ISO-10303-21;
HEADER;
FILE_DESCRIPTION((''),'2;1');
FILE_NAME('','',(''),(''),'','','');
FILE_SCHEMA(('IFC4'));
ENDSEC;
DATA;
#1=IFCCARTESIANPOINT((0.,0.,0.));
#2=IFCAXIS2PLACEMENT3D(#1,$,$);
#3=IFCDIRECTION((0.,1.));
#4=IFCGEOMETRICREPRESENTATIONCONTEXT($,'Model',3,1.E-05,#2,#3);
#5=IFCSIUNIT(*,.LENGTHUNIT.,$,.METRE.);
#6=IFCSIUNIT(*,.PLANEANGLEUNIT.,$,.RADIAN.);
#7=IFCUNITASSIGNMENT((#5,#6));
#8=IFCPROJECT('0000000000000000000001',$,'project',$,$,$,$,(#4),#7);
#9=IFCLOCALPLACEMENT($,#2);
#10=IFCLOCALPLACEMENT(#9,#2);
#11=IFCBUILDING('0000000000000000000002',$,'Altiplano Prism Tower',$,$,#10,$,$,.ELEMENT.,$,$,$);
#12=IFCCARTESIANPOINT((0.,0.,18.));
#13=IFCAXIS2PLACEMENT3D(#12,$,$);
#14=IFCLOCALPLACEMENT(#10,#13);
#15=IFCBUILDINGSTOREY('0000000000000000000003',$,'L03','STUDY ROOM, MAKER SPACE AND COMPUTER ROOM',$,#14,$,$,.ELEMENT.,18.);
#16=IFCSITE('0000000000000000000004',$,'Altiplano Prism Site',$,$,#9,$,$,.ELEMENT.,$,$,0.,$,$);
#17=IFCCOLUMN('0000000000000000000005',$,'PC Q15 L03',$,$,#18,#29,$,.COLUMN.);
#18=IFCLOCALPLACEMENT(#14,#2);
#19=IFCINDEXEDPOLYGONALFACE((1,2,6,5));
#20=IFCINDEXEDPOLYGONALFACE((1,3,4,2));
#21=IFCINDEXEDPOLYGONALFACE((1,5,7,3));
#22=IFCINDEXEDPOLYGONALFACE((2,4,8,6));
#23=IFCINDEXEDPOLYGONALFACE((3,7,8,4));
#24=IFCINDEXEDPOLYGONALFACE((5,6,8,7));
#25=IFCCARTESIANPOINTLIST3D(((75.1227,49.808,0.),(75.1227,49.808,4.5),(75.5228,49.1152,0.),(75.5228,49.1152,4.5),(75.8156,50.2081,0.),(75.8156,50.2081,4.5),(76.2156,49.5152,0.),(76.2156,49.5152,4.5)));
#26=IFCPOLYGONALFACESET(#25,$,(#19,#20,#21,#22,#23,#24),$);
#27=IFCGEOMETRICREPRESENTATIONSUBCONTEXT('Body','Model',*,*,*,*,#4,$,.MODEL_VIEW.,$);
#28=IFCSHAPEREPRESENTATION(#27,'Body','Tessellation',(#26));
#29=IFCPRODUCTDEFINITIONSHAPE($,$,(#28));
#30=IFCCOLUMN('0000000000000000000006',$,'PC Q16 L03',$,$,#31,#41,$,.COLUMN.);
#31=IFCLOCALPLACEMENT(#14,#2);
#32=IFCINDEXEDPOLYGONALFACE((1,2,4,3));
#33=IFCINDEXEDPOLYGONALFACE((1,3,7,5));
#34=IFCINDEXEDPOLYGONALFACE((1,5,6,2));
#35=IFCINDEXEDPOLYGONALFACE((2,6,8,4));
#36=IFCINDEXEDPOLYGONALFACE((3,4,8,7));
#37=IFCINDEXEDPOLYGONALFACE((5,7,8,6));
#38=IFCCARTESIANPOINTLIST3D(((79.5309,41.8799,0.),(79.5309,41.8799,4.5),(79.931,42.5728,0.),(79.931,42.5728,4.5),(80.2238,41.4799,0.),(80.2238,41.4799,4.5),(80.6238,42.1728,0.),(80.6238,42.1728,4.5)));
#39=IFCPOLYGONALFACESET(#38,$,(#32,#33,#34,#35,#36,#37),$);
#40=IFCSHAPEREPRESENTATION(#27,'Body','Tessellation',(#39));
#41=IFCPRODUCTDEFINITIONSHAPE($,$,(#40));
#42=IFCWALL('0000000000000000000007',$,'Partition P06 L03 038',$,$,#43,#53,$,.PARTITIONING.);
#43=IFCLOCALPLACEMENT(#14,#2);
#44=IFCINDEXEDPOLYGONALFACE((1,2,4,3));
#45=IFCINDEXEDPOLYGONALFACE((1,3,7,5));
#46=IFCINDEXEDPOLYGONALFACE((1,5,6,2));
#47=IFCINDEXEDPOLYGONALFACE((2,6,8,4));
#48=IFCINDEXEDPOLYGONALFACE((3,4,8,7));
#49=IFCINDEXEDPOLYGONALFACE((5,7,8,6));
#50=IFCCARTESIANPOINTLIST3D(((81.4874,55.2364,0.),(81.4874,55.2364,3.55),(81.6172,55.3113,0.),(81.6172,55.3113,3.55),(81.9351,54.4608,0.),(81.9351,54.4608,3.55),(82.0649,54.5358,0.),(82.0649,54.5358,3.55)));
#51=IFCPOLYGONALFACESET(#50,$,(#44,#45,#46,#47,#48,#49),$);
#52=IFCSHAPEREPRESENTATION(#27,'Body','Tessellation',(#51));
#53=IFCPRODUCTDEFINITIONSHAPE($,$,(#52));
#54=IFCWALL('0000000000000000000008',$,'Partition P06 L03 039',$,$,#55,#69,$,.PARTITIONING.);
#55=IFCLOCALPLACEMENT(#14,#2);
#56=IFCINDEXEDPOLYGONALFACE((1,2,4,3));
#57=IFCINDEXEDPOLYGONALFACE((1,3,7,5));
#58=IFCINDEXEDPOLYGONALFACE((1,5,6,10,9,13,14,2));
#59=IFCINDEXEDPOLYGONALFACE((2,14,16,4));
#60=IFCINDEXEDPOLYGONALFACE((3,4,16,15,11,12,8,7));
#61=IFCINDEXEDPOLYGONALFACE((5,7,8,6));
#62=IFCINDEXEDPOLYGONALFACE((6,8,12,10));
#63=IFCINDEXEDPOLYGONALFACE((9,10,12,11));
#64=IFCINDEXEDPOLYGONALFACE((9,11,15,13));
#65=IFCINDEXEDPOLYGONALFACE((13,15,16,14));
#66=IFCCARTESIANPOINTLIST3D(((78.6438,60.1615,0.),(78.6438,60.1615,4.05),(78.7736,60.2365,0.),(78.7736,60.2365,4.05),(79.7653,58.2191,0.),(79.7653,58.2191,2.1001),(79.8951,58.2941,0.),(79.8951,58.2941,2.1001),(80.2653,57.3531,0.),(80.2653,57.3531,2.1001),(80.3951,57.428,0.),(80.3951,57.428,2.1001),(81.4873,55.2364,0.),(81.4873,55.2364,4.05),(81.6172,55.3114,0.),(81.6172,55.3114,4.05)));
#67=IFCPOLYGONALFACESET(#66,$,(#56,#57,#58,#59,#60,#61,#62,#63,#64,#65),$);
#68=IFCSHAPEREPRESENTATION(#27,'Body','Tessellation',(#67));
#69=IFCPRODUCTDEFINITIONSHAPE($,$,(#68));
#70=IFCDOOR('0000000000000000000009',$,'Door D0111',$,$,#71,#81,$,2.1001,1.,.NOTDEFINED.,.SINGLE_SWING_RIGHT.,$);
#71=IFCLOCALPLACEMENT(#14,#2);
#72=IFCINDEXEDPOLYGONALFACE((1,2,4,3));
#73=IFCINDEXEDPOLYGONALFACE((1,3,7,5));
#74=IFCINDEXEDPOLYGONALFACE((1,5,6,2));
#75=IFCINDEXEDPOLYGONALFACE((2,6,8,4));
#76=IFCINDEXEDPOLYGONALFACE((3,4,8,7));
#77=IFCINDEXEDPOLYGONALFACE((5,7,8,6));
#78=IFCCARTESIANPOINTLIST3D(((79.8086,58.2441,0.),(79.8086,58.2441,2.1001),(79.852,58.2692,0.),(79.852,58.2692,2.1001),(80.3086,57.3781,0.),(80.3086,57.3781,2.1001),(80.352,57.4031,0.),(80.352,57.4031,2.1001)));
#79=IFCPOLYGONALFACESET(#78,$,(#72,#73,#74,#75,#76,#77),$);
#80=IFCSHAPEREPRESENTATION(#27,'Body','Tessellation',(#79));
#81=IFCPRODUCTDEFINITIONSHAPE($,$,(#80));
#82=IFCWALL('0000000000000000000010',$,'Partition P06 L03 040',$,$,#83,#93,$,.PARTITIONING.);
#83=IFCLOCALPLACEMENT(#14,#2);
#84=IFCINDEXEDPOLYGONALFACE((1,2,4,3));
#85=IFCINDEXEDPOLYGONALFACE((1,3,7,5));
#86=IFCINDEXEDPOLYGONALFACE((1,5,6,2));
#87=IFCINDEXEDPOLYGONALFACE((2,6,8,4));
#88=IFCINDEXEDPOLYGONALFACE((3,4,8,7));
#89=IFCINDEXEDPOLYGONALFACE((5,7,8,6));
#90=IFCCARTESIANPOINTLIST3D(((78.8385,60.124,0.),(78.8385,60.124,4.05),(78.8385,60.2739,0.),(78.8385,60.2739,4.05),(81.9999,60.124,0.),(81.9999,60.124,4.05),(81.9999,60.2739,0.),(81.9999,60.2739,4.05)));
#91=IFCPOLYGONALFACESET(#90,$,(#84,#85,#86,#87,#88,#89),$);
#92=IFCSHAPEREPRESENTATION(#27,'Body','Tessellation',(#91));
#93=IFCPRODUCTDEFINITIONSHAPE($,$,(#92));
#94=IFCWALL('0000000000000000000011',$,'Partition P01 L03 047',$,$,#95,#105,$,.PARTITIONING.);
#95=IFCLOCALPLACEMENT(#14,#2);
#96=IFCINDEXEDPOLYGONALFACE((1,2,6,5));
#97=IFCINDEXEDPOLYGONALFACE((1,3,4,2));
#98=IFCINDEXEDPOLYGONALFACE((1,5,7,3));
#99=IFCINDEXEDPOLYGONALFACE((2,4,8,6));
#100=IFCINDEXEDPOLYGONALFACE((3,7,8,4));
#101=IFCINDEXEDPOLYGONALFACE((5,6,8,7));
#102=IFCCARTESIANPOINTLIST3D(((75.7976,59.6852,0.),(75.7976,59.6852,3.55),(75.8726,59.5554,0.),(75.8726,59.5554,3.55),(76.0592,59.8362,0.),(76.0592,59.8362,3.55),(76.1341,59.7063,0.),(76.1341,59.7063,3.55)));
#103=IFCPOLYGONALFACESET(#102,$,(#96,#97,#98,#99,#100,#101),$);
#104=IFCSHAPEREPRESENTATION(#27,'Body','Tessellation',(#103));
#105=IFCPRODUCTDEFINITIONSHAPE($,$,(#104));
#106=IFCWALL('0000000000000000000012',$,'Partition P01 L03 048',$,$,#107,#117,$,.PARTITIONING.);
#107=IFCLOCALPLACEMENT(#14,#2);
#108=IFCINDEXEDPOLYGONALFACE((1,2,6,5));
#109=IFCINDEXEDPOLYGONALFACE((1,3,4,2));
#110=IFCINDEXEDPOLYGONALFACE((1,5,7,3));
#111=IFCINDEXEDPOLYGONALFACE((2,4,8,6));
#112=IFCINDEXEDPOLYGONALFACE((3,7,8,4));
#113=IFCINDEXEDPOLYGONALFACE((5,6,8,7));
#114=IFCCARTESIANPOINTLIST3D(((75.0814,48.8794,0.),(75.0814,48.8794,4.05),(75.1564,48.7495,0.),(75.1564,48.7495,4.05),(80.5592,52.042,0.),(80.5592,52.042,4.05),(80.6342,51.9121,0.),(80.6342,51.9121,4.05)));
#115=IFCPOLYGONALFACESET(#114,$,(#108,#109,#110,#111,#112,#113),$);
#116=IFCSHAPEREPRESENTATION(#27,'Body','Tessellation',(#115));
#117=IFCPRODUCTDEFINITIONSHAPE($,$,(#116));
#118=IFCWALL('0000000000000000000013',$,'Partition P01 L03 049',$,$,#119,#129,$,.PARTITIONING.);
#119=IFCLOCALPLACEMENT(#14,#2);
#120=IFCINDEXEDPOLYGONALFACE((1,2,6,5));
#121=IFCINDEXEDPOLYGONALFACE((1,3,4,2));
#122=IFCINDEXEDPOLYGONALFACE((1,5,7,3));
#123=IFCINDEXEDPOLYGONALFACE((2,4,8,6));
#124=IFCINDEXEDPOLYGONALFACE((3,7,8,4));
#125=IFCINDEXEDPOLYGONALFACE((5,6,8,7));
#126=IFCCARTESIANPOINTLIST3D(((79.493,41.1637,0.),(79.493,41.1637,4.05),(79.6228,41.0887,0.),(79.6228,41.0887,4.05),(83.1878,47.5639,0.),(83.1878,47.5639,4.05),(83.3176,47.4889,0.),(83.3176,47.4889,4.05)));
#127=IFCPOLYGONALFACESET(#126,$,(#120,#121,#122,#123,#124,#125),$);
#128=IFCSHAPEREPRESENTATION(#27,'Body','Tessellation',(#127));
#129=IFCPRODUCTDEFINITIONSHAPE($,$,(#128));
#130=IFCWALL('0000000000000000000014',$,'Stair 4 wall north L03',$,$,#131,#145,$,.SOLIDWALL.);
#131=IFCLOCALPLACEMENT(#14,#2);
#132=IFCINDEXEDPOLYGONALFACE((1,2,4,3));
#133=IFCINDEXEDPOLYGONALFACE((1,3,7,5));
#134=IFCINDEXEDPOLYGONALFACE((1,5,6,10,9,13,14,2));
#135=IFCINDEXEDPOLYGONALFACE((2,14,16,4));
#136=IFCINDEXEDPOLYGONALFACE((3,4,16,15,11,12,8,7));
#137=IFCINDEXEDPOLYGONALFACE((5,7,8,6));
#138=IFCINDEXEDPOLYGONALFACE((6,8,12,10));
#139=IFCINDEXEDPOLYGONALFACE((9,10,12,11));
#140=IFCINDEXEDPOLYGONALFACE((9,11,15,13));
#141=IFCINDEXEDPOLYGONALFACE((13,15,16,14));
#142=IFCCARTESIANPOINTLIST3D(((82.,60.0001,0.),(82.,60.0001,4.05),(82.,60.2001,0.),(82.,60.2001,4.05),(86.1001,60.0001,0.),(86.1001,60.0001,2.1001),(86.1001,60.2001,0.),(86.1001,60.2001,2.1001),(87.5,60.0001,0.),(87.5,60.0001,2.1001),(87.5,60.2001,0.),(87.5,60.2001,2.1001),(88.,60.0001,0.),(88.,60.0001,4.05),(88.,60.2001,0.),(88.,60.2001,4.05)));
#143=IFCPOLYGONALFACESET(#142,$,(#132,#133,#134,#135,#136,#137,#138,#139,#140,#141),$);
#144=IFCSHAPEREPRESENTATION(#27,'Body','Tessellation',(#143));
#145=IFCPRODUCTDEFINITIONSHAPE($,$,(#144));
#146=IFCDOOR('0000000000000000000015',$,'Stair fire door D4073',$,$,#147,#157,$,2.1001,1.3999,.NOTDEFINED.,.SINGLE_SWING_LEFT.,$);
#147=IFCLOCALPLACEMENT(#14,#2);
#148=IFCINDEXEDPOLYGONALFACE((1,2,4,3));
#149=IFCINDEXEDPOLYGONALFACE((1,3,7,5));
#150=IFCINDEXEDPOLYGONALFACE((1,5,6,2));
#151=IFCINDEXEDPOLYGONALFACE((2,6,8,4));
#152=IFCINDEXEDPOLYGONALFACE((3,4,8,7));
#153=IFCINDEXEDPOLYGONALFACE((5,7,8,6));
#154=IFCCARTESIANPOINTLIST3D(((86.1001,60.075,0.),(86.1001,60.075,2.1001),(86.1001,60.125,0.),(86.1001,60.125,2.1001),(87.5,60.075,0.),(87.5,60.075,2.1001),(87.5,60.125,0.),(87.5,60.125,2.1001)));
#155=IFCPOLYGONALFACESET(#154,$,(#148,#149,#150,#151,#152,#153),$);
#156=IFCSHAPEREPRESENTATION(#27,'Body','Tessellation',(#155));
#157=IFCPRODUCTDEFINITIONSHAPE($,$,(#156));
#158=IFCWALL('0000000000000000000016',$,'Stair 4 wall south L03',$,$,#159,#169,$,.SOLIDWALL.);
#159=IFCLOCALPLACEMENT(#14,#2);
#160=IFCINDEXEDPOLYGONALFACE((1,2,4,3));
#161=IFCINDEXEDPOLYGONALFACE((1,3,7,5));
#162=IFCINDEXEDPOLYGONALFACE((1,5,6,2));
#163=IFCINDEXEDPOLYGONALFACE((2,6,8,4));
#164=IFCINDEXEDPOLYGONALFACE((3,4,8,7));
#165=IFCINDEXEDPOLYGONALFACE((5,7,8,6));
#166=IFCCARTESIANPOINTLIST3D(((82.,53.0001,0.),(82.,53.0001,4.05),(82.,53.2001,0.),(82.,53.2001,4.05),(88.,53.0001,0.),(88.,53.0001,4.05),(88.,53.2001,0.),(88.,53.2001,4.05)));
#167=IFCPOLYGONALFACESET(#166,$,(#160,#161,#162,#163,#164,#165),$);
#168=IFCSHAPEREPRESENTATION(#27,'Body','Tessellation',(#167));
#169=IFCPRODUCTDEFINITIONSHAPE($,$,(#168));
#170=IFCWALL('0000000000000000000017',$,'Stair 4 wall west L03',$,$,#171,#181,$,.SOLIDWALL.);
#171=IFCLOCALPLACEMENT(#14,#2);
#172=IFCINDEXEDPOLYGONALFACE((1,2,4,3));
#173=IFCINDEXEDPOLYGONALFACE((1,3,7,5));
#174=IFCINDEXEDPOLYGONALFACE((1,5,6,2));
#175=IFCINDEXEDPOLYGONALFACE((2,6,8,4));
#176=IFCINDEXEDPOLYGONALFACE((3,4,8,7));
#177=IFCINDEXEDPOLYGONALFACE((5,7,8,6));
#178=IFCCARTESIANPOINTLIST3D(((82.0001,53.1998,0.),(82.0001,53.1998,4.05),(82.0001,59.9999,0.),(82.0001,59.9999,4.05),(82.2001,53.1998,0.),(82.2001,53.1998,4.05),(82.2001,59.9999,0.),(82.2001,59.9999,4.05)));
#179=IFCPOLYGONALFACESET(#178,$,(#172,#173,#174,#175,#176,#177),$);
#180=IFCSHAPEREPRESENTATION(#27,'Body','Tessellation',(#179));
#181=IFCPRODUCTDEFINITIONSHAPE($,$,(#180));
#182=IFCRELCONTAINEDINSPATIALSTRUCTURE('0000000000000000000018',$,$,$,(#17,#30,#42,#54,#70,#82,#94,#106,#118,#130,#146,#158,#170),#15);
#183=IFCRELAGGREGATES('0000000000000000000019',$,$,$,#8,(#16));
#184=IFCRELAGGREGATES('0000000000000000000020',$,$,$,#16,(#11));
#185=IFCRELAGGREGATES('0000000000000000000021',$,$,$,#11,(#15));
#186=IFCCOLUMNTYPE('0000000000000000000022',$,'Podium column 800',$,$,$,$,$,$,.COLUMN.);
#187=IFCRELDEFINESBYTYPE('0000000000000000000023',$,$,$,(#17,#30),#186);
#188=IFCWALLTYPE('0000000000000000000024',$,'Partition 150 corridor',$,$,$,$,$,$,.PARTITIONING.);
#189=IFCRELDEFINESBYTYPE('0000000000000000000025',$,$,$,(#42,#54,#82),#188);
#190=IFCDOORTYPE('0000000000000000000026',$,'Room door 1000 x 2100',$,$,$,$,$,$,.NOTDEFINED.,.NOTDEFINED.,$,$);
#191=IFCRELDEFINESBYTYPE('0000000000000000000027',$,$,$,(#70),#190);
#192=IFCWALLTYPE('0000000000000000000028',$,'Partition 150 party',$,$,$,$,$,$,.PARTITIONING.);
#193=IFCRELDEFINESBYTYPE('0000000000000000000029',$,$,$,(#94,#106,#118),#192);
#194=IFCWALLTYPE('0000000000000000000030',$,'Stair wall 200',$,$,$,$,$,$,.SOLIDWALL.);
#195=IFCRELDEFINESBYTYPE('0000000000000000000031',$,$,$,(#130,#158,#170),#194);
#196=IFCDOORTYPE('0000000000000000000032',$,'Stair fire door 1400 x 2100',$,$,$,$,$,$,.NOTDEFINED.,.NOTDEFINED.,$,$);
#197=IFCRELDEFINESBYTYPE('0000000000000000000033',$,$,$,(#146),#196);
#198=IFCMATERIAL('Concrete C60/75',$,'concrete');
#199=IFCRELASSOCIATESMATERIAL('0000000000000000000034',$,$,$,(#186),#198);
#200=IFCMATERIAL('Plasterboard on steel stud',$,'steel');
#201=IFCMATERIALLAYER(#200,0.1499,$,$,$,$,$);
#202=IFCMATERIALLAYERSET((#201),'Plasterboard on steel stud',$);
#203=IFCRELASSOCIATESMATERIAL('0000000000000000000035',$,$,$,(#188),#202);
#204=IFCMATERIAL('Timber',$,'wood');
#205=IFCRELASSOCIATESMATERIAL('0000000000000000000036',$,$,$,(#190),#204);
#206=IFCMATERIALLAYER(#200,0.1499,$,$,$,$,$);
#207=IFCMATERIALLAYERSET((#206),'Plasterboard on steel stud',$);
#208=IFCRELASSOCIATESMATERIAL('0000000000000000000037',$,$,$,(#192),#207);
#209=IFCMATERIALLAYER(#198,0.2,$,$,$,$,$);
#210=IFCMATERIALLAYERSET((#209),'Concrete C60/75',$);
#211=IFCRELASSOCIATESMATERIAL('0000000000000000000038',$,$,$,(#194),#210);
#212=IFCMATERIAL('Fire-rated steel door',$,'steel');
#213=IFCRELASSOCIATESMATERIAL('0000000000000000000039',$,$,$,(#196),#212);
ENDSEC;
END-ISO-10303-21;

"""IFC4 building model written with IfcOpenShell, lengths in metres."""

from ifc_helpers import new_model, si_unit, direction, frame, frame_2d, origin, origin_2d, place, context, subcontext, project, spatial, rectangle, extrude, material, layer, layer_set, material_profile, profile_set, type_object, element, fill, save


model = new_model("IFC4")

# Units and contexts
model_context = context("Model", 3, precision=1e-05, world=origin(), true_north=direction((0.0, 1.0)))
body_context = subcontext(model_context, "Body", "Model", "MODEL_VIEW")
ifc_project = project(units=[si_unit("LENGTHUNIT", "METRE"), si_unit("PLANEANGLEUNIT", "RADIAN")], contexts=[model_context])

# Site, building, storey
site_placement = place(None, origin())
site = spatial("IfcSite", under=ifc_project, at=site_placement, Name="Altiplano Prism Site", CompositionType="ELEMENT", RefElevation=0.0)
building_placement = place(site_placement, origin())
building = spatial("IfcBuilding", under=site, at=building_placement, Name="Altiplano Prism Tower", CompositionType="ELEMENT")
storey_placement = place(building_placement, frame((0.0, 0.0, 18.0)))
storey = spatial("IfcBuildingStorey", under=building, at=storey_placement, Name="L03", Description="STUDY ROOM, MAKER SPACE AND COMPUTER ROOM", CompositionType="ELEMENT", Elevation=18.0)

# Columns
ifc_material_1 = material(Name="Concrete C60/75", Category="concrete")
ifc_material_profile = material_profile(ifc_material_1, rectangle(XDim=0.8, YDim=0.8, at=origin_2d()), Name="Podium column 800")
ifc_profile_set = profile_set([ifc_material_profile], Name="Concrete C60/75")
column_type = type_object("IfcColumnType", Name="Podium column 800", PredefinedType="COLUMN", material=ifc_profile_set)
for number, where, z_axis, x_axis, name in (
    (1, (75.6692, 49.6616, 0.0), (0.0, 0.0, 1.0), (0.866025, 0.5, 0.0), "PC Q15 L03"),
    (2, (80.0774, 42.0264, 0.0), (0.0, 0.0, 1.0), (0.5, 0.866025, 0.0), "PC Q16 L03"),
):
    element("IfcColumn", number, at=place(storey_placement, frame(where, z_axis=z_axis, x_axis=x_axis)), inside=storey, type_object=column_type, Name=name, PredefinedType="COLUMN", context=body_context, shape_type="SweptSolid", body=[
        extrude(rectangle(XDim=0.8, YDim=0.8, at=origin_2d()), origin(), (0.0, 0.0, 1.0), 4.5),
    ])

# Wall
ifc_material_2 = material(Name="Plasterboard on steel stud", Category="steel")
ifc_layer_1 = layer(ifc_material_2, 0.1499)
ifc_layer_set_1 = layer_set([ifc_layer_1], Name="Plasterboard on steel stud")
wall_type_1 = type_object("IfcWallType", Name="Partition 150 corridor", PredefinedType="PARTITIONING", material=ifc_layer_set_1)
wall_1_placement = place(storey_placement, frame((82.0, 54.4983, 0.0), z_axis=(0.0, 0.0, 1.0), x_axis=(-0.499951, 0.866054, 0.0)))
element("IfcWall", 3, at=wall_1_placement, inside=storey, type_object=wall_type_1, Name="Partition P06 L03 038", PredefinedType="PARTITIONING", context=body_context, shape_type="SweptSolid", body=[
    extrude(rectangle(XDim=0.8955, YDim=0.1499, at=frame_2d((0.4478, 0.0))), origin(), (0.0, 0.0, 1.0), 3.55),
])

# Wall, opening, door
wall_2_placement = place(storey_placement, frame((81.5522, 55.2739, 0.0), z_axis=(0.0, 0.0, 1.0), x_axis=(-0.500004, 0.866023, 0.0)))
wall_2 = element("IfcWall", 4, at=wall_2_placement, inside=storey, type_object=wall_type_1, Name="Partition P06 L03 039", PredefinedType="PARTITIONING", context=body_context, shape_type="SweptSolid", body=[
    extrude(rectangle(XDim=5.687, YDim=0.1499, at=frame_2d((2.8435, 0.0))), origin(), (0.0, 0.0, 1.0), 4.05),
])
opening_1_placement = place(wall_2_placement, frame((2.4441, 0.0, 0.0)))
opening_1 = element("IfcOpeningElement", 5, at=opening_1_placement, cuts=wall_2, PredefinedType="OPENING", context=body_context, shape_type="SweptSolid", body=[
    extrude(rectangle(XDim=1.0, YDim=2.1001, at=frame_2d((0.5, 1.05))), frame((0.0, 0.0854, 0.0), z_axis=(0.0, -1.0, 0.0), x_axis=(1.0, 0.0, 0.0)), (0.0, 0.0, 1.0), 0.1709),
])
ifc_material_3 = material(Name="Timber", Category="wood")
door_type_1 = type_object("IfcDoorType", Name="Room door 1000 x 2100", OperationType="NOTDEFINED", PredefinedType="NOTDEFINED", material=ifc_material_3)
door_1_placement = place(opening_1_placement, origin())
door_1 = element("IfcDoor", 6, at=door_1_placement, inside=storey, type_object=door_type_1, Name="Door D0111", OperationType="SINGLE_SWING_RIGHT", OverallHeight=2.1001, OverallWidth=1.0, PredefinedType="NOTDEFINED", context=body_context, shape_type="SweptSolid", body=[
    extrude(rectangle(XDim=1.0, YDim=2.1001, at=frame_2d((0.5, 1.05))), frame((0.0, 0.0249, 0.0), z_axis=(0.0, -1.0, 0.0), x_axis=(1.0, 0.0, 0.0)), (0.0, 0.0, 1.0), 0.05),
])
fill(opening_1, door_1)

# Walls
wall_3_placement = place(storey_placement, frame((78.8386, 60.199, 0.0), z_axis=(0.0, 0.0, 1.0), x_axis=(1.0, 0.0, 0.0)))
element("IfcWall", 7, at=wall_3_placement, inside=storey, type_object=wall_type_1, Name="Partition P06 L03 040", PredefinedType="PARTITIONING", context=body_context, shape_type="SweptSolid", body=[
    extrude(rectangle(XDim=3.1614, YDim=0.1499, at=frame_2d((1.5806, 0.0))), origin(), (0.0, 0.0, 1.0), 4.05),
])
ifc_layer_2 = layer(ifc_material_2, 0.1499)
ifc_layer_set_2 = layer_set([ifc_layer_2], Name="Plasterboard on steel stud")
wall_type_2 = type_object("IfcWallType", Name="Partition 150 party", PredefinedType="PARTITIONING", material=ifc_layer_set_2)
wall_4_placement = place(storey_placement, frame((75.8352, 59.6204, 0.0), z_axis=(0.0, 0.0, 1.0), x_axis=(0.866145, 0.499792, 0.0)))
element("IfcWall", 8, at=wall_4_placement, inside=storey, type_object=wall_type_2, Name="Partition P01 L03 047", PredefinedType="PARTITIONING", context=body_context, shape_type="SweptSolid", body=[
    extrude(rectangle(XDim=0.302, YDim=0.1499, at=frame_2d((0.1509, 0.0))), origin(), (0.0, 0.0, 1.0), 3.55),
])
wall_5_placement = place(storey_placement, frame((75.1189, 48.8145, 0.0), z_axis=(0.0, 0.0, 1.0), x_axis=(0.866026, 0.5, 0.0)))
element("IfcWall", 9, at=wall_5_placement, inside=storey, type_object=wall_type_2, Name="Partition P01 L03 048", PredefinedType="PARTITIONING", context=body_context, shape_type="SweptSolid", body=[
    extrude(rectangle(XDim=6.3252, YDim=0.1499, at=frame_2d((3.1626, 0.0))), origin(), (0.0, 0.0, 1.0), 4.05),
])
wall_6_placement = place(storey_placement, frame((79.5579, 41.1262, 0.0), z_axis=(0.0, 0.0, 1.0), x_axis=(0.499969, 0.866043, 0.0)))
element("IfcWall", 10, at=wall_6_placement, inside=storey, type_object=wall_type_2, Name="Partition P01 L03 049", PredefinedType="PARTITIONING", context=body_context, shape_type="SweptSolid", body=[
    extrude(rectangle(XDim=7.3901, YDim=0.1499, at=frame_2d((3.6951, 0.0))), origin(), (0.0, 0.0, 1.0), 4.05),
])

# Wall, opening, door
ifc_layer_3 = layer(ifc_material_1, 0.2)
ifc_layer_set_3 = layer_set([ifc_layer_3], Name="Concrete C60/75")
wall_type_3 = type_object("IfcWallType", Name="Stair wall 200", PredefinedType="SOLIDWALL", material=ifc_layer_set_3)
wall_7_placement = place(storey_placement, frame((82.0, 60.1001, 0.0), z_axis=(0.0, 0.0, 1.0), x_axis=(1.0, 0.0, 0.0)))
wall_7 = element("IfcWall", 11, at=wall_7_placement, inside=storey, type_object=wall_type_3, Name="Stair 4 wall north L03", PredefinedType="SOLIDWALL", context=body_context, shape_type="SweptSolid", body=[
    extrude(rectangle(XDim=6.0, YDim=0.2, at=frame_2d((3.0, 0.0))), origin(), (0.0, 0.0, 1.0), 4.05),
])
opening_2_placement = place(wall_7_placement, frame((4.1001, 0.0, 0.0)))
opening_2 = element("IfcOpeningElement", 12, at=opening_2_placement, cuts=wall_7, PredefinedType="OPENING", context=body_context, shape_type="SweptSolid", body=[
    extrude(rectangle(XDim=1.3999, YDim=2.1001, at=frame_2d((0.7, 1.05))), frame((0.0, 0.1104, 0.0), z_axis=(0.0, -1.0, 0.0), x_axis=(1.0, 0.0, 0.0)), (0.0, 0.0, 1.0), 0.2209),
])
ifc_material_4 = material(Name="Fire-rated steel door", Category="steel")
door_type_2 = type_object("IfcDoorType", Name="Stair fire door 1400 x 2100", OperationType="NOTDEFINED", PredefinedType="NOTDEFINED", material=ifc_material_4)
door_2_placement = place(opening_2_placement, origin())
door_2 = element("IfcDoor", 13, at=door_2_placement, inside=storey, type_object=door_type_2, Name="Stair fire door D4073", OperationType="SINGLE_SWING_LEFT", OverallHeight=2.1001, OverallWidth=1.3999, PredefinedType="NOTDEFINED", context=body_context, shape_type="SweptSolid", body=[
    extrude(rectangle(XDim=1.3999, YDim=2.1001, at=frame_2d((0.7, 1.05))), frame((0.0, 0.0249, 0.0), z_axis=(0.0, -1.0, 0.0), x_axis=(1.0, 0.0, 0.0)), (0.0, 0.0, 1.0), 0.05),
])
fill(opening_2, door_2)

# Walls
wall_8_placement = place(storey_placement, frame((82.0, 53.1001, 0.0), z_axis=(0.0, 0.0, 1.0), x_axis=(1.0, 0.0, 0.0)))
element("IfcWall", 14, at=wall_8_placement, inside=storey, type_object=wall_type_3, Name="Stair 4 wall south L03", PredefinedType="SOLIDWALL", context=body_context, shape_type="SweptSolid", body=[
    extrude(rectangle(XDim=6.0, YDim=0.2, at=frame_2d((3.0, 0.0))), origin(), (0.0, 0.0, 1.0), 4.05),
])
wall_9_placement = place(storey_placement, frame((82.1001, 53.2, 0.0), z_axis=(0.0, 0.0, 1.0), x_axis=(0.0, 1.0, 0.0)))
element("IfcWall", 15, at=wall_9_placement, inside=storey, type_object=wall_type_3, Name="Stair 4 wall west L03", PredefinedType="SOLIDWALL", context=body_context, shape_type="SweptSolid", body=[
    extrude(rectangle(XDim=6.8, YDim=0.2, at=frame_2d((3.3999, 0.0))), origin(), (0.0, 0.0, 1.0), 4.05),
])

save(model, "model.ifc")
